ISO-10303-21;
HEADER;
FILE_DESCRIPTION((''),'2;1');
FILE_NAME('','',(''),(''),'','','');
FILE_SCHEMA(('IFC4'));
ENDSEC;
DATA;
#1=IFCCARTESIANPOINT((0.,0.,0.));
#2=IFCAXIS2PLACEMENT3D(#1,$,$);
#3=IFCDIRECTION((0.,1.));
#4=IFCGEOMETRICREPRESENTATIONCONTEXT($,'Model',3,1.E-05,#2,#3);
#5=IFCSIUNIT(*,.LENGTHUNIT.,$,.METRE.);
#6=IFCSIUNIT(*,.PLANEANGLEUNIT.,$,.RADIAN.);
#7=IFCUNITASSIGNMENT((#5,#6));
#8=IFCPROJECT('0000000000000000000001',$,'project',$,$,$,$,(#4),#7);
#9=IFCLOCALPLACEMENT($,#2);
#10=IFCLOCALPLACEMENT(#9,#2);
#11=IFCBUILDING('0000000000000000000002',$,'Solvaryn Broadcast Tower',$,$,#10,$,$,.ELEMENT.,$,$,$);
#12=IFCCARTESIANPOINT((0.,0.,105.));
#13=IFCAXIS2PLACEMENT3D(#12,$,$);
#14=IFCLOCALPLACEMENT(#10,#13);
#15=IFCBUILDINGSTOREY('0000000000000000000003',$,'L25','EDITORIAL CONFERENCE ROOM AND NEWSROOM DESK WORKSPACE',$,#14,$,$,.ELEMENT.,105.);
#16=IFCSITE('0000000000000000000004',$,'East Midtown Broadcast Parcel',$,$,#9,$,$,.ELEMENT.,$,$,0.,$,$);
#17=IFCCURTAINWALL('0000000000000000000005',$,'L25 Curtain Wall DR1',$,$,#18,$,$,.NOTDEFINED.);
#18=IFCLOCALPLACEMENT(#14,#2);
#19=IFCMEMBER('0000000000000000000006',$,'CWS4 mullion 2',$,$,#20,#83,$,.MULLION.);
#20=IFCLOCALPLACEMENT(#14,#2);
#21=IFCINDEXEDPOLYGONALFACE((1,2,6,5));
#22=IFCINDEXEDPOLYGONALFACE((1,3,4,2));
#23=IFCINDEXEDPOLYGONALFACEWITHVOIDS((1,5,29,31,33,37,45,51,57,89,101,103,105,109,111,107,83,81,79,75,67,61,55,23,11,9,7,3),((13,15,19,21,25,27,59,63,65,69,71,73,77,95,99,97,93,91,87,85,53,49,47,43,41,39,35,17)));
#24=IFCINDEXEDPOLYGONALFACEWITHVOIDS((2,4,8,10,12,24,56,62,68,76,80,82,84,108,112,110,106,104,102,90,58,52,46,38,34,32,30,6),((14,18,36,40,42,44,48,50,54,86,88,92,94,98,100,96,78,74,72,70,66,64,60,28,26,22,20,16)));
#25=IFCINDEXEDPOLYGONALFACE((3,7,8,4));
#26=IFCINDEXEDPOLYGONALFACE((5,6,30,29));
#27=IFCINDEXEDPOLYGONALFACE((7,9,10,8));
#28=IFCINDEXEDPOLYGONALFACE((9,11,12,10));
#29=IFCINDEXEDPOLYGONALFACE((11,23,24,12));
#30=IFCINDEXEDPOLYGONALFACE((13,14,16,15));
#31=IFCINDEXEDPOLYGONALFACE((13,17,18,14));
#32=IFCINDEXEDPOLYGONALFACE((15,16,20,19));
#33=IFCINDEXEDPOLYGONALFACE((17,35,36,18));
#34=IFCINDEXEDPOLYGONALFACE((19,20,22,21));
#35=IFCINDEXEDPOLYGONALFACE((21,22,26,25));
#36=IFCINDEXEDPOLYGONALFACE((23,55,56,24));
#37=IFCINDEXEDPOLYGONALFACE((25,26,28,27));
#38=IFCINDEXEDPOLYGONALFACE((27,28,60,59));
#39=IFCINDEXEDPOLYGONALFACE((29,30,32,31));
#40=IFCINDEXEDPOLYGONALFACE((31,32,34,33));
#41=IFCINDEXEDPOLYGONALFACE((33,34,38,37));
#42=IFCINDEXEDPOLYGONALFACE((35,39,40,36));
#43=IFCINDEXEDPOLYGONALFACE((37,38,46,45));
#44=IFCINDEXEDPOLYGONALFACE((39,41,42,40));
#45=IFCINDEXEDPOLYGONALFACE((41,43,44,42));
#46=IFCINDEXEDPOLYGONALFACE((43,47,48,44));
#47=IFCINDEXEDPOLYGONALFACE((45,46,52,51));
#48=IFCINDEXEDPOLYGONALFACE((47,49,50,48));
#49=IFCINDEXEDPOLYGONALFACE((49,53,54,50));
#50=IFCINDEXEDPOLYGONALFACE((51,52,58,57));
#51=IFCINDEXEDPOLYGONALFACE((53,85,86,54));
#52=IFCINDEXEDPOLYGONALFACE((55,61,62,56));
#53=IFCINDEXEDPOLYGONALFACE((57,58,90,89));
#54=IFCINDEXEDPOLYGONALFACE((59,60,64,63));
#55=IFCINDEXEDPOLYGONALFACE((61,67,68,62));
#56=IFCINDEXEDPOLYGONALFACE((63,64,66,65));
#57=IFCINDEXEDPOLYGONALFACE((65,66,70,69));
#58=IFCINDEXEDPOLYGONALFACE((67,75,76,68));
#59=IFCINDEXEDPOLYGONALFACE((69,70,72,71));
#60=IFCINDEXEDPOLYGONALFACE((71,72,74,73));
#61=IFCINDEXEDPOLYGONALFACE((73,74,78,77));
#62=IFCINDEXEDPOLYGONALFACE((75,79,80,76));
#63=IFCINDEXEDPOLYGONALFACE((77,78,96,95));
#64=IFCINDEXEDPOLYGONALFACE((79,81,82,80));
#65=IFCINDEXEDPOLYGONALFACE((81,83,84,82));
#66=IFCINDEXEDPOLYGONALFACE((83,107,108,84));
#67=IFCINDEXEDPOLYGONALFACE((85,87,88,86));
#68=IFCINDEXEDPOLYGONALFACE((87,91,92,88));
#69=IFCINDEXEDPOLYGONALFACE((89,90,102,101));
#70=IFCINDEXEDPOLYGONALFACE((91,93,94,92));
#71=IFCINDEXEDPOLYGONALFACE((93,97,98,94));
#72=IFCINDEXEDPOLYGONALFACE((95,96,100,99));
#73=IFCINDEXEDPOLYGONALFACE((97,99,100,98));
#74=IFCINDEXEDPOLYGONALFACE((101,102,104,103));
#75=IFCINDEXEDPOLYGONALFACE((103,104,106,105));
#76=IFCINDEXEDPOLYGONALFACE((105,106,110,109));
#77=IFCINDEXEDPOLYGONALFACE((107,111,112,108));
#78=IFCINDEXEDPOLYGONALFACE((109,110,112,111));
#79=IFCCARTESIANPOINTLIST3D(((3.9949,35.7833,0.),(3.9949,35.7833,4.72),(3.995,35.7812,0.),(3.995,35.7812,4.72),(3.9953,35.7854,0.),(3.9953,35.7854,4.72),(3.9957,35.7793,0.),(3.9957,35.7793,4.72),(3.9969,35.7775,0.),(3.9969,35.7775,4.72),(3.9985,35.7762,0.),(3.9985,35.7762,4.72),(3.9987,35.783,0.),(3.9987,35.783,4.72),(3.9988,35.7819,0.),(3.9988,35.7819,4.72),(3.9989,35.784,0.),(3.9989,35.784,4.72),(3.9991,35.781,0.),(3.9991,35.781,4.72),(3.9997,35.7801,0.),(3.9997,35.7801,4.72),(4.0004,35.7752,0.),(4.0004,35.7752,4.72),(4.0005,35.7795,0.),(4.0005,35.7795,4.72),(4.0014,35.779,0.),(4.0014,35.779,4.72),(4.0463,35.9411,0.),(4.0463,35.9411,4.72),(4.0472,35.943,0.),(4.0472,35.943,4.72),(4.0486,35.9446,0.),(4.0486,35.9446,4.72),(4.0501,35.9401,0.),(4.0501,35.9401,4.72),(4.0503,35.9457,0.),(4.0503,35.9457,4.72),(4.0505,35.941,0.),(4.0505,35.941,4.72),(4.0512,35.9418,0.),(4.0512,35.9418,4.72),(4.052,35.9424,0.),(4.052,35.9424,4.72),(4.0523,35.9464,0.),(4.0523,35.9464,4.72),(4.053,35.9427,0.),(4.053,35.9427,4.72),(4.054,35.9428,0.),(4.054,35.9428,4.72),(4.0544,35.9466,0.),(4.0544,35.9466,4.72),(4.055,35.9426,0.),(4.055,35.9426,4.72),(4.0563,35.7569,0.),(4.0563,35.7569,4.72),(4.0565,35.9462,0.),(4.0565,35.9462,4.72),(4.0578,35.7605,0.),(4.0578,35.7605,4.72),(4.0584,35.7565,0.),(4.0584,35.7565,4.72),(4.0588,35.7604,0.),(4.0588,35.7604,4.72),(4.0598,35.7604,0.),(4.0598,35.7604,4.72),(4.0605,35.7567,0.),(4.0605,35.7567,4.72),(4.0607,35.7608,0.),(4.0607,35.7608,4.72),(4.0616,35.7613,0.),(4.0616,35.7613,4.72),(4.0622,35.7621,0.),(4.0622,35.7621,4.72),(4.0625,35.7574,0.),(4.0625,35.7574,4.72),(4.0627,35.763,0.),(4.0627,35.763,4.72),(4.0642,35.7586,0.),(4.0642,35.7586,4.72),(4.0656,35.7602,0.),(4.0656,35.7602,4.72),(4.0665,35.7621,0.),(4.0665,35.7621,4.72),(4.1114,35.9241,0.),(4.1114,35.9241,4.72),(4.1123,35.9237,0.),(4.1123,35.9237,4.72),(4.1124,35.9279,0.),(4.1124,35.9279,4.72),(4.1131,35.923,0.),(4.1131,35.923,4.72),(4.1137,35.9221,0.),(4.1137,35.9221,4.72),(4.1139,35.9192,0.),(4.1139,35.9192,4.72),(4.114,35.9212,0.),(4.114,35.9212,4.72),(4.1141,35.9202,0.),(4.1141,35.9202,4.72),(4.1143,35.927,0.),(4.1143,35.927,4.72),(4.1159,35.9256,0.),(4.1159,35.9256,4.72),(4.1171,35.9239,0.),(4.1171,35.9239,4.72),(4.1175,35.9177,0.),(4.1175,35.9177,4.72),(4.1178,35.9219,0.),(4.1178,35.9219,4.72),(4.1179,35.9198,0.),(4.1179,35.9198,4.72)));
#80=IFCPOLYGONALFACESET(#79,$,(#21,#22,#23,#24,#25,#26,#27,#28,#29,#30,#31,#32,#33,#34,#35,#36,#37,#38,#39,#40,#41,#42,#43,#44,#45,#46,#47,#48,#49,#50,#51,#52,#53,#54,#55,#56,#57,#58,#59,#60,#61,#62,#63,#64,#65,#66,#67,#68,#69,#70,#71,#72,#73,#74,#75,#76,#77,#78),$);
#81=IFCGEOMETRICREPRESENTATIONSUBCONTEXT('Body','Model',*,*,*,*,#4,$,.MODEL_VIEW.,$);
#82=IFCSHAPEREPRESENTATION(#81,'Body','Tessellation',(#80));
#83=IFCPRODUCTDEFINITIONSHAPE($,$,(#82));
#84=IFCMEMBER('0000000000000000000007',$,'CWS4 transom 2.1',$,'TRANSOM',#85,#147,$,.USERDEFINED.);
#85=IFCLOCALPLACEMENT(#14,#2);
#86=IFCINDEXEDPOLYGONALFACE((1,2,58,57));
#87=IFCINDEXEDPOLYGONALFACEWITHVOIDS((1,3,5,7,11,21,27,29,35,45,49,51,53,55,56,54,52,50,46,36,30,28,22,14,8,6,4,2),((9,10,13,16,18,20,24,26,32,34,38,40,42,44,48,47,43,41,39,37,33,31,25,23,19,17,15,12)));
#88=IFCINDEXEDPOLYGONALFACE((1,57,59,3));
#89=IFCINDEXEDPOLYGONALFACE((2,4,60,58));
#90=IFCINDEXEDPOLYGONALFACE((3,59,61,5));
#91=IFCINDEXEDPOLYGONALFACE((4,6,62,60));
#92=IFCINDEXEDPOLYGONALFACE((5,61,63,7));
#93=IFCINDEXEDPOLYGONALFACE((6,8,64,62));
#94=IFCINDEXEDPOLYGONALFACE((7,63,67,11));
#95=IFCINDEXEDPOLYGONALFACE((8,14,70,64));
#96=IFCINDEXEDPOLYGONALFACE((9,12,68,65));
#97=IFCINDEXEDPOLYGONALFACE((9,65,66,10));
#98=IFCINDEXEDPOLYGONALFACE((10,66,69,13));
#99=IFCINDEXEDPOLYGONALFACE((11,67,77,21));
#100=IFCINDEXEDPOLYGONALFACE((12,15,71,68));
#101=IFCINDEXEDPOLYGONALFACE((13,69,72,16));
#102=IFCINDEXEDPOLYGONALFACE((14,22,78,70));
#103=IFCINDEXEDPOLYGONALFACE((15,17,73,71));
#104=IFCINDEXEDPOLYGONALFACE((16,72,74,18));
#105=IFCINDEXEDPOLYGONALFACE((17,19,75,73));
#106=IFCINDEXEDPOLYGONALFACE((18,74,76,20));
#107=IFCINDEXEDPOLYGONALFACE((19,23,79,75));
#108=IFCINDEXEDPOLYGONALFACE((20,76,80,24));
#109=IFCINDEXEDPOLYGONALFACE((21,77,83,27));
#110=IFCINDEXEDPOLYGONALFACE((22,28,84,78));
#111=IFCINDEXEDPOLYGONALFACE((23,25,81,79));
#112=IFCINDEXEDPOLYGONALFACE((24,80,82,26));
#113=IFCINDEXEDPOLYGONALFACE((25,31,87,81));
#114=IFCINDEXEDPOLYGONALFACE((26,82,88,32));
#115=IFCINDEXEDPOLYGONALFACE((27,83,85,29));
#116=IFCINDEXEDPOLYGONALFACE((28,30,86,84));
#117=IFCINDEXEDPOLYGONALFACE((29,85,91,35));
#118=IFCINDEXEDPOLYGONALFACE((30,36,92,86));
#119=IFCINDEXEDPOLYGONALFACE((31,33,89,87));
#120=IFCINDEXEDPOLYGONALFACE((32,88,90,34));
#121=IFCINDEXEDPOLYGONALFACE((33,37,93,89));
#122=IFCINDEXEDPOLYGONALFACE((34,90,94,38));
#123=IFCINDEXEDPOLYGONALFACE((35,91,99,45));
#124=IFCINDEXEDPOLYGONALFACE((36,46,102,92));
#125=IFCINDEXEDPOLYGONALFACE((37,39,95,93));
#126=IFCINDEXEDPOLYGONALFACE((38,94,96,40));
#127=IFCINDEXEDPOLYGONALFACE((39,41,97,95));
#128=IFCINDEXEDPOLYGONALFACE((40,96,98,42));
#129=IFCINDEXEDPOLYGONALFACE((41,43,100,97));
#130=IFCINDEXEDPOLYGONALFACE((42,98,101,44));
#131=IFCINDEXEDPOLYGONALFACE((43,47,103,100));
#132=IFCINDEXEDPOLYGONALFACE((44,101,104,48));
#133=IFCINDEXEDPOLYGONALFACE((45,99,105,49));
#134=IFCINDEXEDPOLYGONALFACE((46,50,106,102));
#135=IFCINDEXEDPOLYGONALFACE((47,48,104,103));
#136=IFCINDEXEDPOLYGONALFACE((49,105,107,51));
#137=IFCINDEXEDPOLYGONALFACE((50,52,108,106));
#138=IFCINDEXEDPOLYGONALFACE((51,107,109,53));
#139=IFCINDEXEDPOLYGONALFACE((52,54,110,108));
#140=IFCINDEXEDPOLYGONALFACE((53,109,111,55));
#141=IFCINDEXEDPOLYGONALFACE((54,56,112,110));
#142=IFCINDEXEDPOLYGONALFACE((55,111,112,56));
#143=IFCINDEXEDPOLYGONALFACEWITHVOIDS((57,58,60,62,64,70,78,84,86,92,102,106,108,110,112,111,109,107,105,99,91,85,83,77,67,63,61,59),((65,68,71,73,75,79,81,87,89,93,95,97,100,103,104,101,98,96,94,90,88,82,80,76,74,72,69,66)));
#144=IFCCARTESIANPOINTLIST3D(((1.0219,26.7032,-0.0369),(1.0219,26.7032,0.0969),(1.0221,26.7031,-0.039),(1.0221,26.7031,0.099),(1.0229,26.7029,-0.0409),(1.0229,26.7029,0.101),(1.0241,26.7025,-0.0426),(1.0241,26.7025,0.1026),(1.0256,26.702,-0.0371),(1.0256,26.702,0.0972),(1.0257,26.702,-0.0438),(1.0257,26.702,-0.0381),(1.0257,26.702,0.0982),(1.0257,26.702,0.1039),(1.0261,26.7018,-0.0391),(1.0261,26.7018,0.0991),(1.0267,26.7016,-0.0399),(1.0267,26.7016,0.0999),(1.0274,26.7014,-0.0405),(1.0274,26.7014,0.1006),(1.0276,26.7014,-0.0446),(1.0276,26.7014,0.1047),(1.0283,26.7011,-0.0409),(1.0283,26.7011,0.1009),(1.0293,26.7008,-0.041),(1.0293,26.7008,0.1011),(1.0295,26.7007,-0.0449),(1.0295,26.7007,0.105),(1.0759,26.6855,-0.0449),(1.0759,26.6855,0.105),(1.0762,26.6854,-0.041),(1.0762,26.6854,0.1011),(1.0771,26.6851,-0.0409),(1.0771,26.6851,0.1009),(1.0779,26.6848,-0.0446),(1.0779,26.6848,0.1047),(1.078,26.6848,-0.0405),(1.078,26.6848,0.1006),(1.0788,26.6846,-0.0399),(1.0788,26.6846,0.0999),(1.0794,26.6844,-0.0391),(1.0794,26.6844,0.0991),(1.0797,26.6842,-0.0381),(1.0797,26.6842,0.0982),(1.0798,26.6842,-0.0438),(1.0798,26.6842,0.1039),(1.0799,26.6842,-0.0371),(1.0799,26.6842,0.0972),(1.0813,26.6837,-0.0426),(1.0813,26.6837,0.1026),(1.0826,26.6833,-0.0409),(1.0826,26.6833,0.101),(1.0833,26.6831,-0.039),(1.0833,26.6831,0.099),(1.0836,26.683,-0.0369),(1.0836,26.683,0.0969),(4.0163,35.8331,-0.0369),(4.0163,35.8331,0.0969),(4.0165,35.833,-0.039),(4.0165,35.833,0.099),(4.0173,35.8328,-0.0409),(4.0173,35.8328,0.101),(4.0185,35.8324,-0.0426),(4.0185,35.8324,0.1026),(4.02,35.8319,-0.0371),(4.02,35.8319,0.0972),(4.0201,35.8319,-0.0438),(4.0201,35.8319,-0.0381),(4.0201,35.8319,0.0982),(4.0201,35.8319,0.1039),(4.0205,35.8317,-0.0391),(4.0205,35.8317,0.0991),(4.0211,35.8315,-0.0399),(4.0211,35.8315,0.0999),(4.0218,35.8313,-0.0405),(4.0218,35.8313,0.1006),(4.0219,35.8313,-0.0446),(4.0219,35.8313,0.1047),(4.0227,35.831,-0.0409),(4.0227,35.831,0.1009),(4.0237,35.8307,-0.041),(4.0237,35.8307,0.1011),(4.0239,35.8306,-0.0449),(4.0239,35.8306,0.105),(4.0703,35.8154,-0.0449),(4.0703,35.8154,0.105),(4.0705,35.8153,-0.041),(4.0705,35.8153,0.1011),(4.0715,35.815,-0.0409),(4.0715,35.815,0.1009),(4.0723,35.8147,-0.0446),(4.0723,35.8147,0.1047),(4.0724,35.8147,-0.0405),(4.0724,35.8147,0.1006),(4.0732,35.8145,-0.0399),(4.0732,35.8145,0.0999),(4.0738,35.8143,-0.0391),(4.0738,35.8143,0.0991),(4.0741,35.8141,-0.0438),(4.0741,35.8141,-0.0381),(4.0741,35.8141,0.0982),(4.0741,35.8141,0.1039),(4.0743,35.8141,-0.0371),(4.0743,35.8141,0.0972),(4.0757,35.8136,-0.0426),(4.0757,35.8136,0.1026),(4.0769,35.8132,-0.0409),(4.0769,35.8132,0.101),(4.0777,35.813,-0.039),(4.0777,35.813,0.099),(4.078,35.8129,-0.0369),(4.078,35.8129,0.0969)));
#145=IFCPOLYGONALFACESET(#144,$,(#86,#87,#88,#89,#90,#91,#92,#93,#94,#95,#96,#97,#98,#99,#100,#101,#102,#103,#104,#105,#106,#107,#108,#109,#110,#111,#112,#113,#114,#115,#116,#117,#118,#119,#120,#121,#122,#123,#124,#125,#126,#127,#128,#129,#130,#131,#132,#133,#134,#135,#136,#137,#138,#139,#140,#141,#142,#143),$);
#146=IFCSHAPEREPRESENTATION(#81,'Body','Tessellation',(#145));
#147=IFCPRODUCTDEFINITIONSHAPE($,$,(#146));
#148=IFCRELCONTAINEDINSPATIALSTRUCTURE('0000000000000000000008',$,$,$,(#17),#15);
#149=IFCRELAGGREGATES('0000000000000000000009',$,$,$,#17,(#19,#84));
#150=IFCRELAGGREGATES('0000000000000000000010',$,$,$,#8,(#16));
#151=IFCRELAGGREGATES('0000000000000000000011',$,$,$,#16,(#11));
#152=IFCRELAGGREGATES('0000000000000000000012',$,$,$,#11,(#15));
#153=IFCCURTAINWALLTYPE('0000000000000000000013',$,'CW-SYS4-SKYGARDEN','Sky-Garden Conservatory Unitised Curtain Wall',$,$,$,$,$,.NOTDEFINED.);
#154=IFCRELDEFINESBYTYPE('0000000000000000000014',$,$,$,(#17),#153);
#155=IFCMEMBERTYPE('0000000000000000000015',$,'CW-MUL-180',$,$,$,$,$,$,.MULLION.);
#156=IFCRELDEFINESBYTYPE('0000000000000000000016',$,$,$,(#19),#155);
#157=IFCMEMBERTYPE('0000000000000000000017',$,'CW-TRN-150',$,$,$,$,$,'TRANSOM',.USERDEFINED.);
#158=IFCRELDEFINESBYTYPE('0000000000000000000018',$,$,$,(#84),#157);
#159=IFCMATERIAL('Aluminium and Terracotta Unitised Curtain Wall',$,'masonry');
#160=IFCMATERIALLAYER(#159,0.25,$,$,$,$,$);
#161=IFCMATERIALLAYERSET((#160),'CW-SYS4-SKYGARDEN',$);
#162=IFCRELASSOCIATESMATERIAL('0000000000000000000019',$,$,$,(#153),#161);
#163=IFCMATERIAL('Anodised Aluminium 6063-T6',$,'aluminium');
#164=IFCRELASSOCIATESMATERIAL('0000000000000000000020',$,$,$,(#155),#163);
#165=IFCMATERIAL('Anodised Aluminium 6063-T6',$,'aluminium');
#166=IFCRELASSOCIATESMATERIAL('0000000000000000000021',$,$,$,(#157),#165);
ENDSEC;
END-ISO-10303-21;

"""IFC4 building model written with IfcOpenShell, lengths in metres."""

from ifc_helpers import new_model, si_unit, direction, frame, origin, origin_2d, place, context, subcontext, project, spatial, hollow_rectangle, extrude, material, layer, layer_set, material_profile, profile_set, type_object, element, aggregate, save


model = new_model("IFC4")

# Units and contexts
model_context = context("Model", 3, precision=1e-05, world=origin(), true_north=direction((0.0, 1.0)))
body_context = subcontext(model_context, "Body", "Model", "MODEL_VIEW")
ifc_project = project(units=[si_unit("LENGTHUNIT", "METRE"), si_unit("PLANEANGLEUNIT", "RADIAN")], contexts=[model_context])

# Site, building, storey
site_placement = place(None, origin())
site = spatial("IfcSite", under=ifc_project, at=site_placement, Name="East Midtown Broadcast Parcel", CompositionType="ELEMENT", RefElevation=0.0)
building_placement = place(site_placement, origin())
building = spatial("IfcBuilding", under=site, at=building_placement, Name="Solvaryn Broadcast Tower", CompositionType="ELEMENT")
storey_placement = place(building_placement, frame((0.0, 0.0, 105.0)))
storey = spatial("IfcBuildingStorey", under=building, at=storey_placement, Name="L25", Description="EDITORIAL CONFERENCE ROOM AND NEWSROOM DESK WORKSPACE", CompositionType="ELEMENT", Elevation=105.0)

# Curtain wall, members
ifc_material_1 = material(Name="Aluminium and Terracotta Unitised Curtain Wall", Category="masonry")
ifc_layer_1 = layer(ifc_material_1, 0.25)
ifc_layer_set_1 = layer_set([ifc_layer_1], Name="CW-SYS4-SKYGARDEN")
curtain_wall_type = type_object("IfcCurtainWallType", Name="CW-SYS4-SKYGARDEN", Description="Sky-Garden Conservatory Unitised Curtain Wall", PredefinedType="NOTDEFINED", material=ifc_layer_set_1)
curtain_wall_placement = place(storey_placement, origin())
curtain_wall = element("IfcCurtainWall", 1, at=curtain_wall_placement, inside=storey, type_object=curtain_wall_type, Name="L25 Curtain Wall DR1", PredefinedType="NOTDEFINED")
ifc_material_2 = material(Name="Anodised Aluminium 6063-T6", Category="aluminium")
ifc_material_profile_1 = material_profile(ifc_material_2, hollow_rectangle(XDim=0.075, YDim=0.1799, WallThickness=0.0039, InnerFilletRadius=0.0039, OuterFilletRadius=0.0081, at=origin_2d()))
ifc_profile_set_1 = profile_set([ifc_material_profile_1], Name="Anodised Aluminium 6063-T6")
member_type_1 = type_object("IfcMemberType", Name="CW-MUL-180", PredefinedType="MULLION", material=ifc_profile_set_1)
member_1_placement = place(storey_placement, frame((4.0564, 35.8516, 0.0), z_axis=(0.0, 0.0, 1.0), x_axis=(0.950198, -0.311646, 0.0)))
member_1 = element("IfcMember", 2, at=member_1_placement, type_object=member_type_1, Name="CWS4 mullion 2", PredefinedType="MULLION", context=body_context, shape_type="SweptSolid", body=[
    extrude(hollow_rectangle(XDim=0.075, YDim=0.1799, WallThickness=0.0039, InnerFilletRadius=0.0039, OuterFilletRadius=0.0081, at=origin_2d()), origin(), (0.0, 0.0, 1.0), 4.72),
])
ifc_material_3 = material(Name="Anodised Aluminium 6063-T6", Category="aluminium")
ifc_material_profile_2 = material_profile(ifc_material_3, hollow_rectangle(XDim=0.0649, YDim=0.1499, WallThickness=0.0039, InnerFilletRadius=0.0039, OuterFilletRadius=0.0081, at=origin_2d()))
ifc_profile_set_2 = profile_set([ifc_material_profile_2], Name="Anodised Aluminium 6063-T6")
member_type_2 = type_object("IfcMemberType", Name="CW-TRN-150", ElementType="TRANSOM", PredefinedType="USERDEFINED", material=ifc_profile_set_2)
member_2_placement = place(storey_placement, frame((4.0471, 35.823, 0.03), z_axis=(-0.311643, -0.950199, 0.0), x_axis=(0.950199, -0.311643, 0.0)))
member_2 = element("IfcMember", 3, at=member_2_placement, type_object=member_type_2, Name="CWS4 transom 2.1", ObjectType="TRANSOM", PredefinedType="USERDEFINED", context=body_context, shape_type="SweptSolid", body=[
    extrude(hollow_rectangle(XDim=0.0649, YDim=0.1499, WallThickness=0.0039, InnerFilletRadius=0.0039, OuterFilletRadius=0.0081, at=origin_2d()), origin(), (0.0, 0.0, 1.0), 9.6084),
])
aggregate(curtain_wall, [member_1, member_2])

save(model, "model.ifc")
